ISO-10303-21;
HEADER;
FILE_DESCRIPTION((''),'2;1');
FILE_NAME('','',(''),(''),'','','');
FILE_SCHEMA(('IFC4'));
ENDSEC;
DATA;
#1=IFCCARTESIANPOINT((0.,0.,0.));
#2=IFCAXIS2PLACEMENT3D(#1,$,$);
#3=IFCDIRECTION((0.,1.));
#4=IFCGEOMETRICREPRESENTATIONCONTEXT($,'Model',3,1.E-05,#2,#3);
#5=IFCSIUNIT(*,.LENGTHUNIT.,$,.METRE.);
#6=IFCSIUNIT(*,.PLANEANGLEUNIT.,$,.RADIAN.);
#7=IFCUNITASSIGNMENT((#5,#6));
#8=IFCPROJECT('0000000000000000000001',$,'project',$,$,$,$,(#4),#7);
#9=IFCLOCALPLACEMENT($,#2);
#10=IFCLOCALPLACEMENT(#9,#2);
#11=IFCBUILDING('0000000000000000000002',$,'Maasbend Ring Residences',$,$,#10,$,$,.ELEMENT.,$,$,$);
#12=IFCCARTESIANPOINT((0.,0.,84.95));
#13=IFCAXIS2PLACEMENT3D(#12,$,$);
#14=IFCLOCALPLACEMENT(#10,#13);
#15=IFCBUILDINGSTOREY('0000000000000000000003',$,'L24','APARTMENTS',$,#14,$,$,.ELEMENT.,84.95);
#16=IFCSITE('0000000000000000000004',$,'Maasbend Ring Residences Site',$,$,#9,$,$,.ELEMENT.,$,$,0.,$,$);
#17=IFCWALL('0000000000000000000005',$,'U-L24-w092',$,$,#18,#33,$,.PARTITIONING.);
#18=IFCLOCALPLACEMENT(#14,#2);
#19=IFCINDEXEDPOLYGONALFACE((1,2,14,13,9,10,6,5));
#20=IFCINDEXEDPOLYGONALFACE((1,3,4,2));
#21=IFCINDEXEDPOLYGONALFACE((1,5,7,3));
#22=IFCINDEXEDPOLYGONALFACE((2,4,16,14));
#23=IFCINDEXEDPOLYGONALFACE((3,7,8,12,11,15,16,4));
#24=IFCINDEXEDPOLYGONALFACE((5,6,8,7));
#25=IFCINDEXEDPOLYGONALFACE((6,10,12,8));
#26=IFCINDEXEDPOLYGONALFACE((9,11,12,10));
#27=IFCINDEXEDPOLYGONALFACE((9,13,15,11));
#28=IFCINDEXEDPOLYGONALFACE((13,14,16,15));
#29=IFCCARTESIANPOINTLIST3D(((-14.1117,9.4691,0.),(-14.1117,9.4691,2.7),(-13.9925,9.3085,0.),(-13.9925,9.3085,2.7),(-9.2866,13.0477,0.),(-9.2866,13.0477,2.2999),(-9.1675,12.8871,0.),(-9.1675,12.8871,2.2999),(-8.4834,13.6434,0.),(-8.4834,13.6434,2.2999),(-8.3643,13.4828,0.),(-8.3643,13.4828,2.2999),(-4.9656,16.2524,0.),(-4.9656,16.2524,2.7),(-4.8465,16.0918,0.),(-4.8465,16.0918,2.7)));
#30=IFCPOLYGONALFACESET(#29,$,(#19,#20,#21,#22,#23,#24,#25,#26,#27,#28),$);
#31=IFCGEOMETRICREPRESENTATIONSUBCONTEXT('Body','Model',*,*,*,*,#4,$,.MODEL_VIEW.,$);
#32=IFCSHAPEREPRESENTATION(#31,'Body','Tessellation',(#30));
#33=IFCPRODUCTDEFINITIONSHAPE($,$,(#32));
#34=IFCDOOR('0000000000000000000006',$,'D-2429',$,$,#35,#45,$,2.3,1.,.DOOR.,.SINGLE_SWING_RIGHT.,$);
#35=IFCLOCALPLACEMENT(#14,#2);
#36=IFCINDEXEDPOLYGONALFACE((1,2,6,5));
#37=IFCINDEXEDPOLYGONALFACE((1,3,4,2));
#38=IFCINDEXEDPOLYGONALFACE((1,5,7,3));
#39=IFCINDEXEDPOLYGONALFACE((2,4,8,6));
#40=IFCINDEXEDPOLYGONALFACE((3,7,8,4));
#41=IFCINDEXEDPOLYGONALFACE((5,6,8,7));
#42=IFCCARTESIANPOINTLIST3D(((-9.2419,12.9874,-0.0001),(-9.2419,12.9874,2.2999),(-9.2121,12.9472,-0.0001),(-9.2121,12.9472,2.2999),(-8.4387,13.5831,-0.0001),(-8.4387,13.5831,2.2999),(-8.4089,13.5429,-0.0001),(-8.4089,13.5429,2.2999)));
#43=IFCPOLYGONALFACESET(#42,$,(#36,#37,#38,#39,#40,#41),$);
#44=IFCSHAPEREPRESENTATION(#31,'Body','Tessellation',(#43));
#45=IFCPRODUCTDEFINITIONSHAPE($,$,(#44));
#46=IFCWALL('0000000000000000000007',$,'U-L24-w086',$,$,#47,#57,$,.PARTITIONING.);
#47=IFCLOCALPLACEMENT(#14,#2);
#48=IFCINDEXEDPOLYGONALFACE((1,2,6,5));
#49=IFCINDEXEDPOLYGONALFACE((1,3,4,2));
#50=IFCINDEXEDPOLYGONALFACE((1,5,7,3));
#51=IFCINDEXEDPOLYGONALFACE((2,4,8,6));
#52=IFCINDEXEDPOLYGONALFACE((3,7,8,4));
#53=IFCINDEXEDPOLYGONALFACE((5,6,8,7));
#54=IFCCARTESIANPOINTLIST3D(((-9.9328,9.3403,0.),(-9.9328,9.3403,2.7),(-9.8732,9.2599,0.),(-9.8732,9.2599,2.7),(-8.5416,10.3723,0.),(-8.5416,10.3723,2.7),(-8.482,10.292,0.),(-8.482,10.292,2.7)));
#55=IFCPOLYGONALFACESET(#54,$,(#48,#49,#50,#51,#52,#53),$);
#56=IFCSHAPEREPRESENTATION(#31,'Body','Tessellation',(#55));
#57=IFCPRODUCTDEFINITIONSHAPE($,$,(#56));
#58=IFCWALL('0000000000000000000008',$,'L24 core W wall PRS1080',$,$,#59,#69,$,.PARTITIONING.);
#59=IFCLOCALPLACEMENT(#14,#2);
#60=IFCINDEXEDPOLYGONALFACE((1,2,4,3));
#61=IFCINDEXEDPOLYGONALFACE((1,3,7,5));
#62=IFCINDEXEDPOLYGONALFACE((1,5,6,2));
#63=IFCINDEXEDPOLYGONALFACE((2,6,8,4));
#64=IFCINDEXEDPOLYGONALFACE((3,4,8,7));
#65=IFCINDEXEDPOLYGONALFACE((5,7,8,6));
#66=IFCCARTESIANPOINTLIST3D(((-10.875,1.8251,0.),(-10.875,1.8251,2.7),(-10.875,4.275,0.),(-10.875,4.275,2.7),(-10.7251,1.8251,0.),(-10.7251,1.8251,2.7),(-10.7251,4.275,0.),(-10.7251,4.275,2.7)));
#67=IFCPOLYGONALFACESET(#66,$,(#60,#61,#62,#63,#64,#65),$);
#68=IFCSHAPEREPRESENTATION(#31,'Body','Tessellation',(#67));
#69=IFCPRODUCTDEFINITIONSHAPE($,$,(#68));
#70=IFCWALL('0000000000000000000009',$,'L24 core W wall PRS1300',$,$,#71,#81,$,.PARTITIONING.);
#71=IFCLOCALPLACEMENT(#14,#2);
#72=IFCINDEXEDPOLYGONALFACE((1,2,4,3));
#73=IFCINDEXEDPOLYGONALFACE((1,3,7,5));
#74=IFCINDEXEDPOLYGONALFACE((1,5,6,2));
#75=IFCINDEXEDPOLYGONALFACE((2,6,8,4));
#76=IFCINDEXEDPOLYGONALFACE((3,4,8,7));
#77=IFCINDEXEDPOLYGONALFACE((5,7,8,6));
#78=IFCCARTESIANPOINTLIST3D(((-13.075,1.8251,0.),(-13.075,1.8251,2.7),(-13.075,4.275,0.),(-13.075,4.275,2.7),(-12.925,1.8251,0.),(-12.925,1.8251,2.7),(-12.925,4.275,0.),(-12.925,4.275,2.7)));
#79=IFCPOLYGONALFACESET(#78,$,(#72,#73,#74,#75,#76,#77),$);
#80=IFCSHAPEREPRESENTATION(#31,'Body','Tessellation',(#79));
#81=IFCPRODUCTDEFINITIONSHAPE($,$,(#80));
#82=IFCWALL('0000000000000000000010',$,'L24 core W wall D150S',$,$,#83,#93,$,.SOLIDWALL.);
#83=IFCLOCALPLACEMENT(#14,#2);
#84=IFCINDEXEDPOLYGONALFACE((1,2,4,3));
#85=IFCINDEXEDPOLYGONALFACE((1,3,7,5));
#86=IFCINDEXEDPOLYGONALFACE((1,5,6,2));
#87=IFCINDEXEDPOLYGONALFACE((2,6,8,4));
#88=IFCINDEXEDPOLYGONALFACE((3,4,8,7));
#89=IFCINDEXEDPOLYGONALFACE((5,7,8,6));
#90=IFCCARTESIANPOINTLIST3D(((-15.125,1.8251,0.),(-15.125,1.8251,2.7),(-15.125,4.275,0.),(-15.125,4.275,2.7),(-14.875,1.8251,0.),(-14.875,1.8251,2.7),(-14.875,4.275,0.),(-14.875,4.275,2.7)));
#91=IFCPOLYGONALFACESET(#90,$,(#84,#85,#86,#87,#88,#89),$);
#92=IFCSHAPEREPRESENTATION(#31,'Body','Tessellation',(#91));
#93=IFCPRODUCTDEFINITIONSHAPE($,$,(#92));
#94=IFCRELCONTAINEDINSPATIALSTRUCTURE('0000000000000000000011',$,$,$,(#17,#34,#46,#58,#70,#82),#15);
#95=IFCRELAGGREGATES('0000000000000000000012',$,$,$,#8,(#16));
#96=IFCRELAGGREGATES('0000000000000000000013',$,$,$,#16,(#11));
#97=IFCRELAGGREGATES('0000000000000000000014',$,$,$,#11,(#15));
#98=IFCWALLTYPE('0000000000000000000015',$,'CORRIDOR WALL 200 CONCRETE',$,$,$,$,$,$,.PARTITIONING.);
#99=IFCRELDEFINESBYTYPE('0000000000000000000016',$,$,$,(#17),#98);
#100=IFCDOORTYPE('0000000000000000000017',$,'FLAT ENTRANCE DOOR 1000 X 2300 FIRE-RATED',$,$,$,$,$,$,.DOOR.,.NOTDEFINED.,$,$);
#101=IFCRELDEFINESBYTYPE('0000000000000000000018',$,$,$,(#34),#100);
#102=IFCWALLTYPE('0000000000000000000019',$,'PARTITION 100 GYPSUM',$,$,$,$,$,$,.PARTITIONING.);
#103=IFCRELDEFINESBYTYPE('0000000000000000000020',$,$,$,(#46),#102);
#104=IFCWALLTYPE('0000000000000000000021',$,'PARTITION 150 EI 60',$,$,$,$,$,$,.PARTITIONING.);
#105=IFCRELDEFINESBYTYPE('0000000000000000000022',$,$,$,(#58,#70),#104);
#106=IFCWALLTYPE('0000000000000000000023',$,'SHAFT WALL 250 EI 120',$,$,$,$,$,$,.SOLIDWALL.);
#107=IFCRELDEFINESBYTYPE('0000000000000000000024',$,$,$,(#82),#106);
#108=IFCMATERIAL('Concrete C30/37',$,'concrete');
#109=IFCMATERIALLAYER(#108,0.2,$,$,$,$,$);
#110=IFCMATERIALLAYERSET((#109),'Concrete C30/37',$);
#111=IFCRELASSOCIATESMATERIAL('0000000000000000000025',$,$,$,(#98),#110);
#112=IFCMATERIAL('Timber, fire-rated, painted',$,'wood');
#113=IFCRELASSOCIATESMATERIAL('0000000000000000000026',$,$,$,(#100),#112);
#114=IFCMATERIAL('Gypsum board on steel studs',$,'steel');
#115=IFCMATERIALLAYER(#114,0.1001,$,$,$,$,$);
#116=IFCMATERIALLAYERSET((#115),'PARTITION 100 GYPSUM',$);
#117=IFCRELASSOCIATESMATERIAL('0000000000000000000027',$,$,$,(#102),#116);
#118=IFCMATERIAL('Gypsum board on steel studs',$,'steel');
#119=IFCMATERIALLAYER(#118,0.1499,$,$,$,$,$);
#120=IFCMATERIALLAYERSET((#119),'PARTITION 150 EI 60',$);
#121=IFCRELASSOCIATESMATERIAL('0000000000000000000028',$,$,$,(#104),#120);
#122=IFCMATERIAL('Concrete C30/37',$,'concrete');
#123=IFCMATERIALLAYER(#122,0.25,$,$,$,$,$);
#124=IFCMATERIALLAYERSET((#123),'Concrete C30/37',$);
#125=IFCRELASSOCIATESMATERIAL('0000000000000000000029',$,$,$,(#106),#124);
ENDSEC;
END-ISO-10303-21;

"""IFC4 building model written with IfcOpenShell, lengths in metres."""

from ifc_helpers import new_model, si_unit, direction, frame, frame_2d, origin, place, context, subcontext, project, spatial, rectangle, extrude, material, layer, layer_set, type_object, element, fill, save


model = new_model("IFC4")

# Units and contexts
model_context = context("Model", 3, precision=1e-05, world=origin(), true_north=direction((0.0, 1.0)))
body_context = subcontext(model_context, "Body", "Model", "MODEL_VIEW")
ifc_project = project(units=[si_unit("LENGTHUNIT", "METRE"), si_unit("PLANEANGLEUNIT", "RADIAN")], contexts=[model_context])

# Site, building, storey
site_placement = place(None, origin())
site = spatial("IfcSite", under=ifc_project, at=site_placement, Name="Maasbend Ring Residences Site", CompositionType="ELEMENT", RefElevation=0.0)
building_placement = place(site_placement, origin())
building = spatial("IfcBuilding", under=site, at=building_placement, Name="Maasbend Ring Residences", CompositionType="ELEMENT")
storey_placement = place(building_placement, frame((0.0, 0.0, 84.95)))
storey = spatial("IfcBuildingStorey", under=building, at=storey_placement, Name="L24", Description="APARTMENTS", CompositionType="ELEMENT", Elevation=84.95)

# Wall, opening, door
ifc_material_1 = material(Name="Concrete C30/37", Category="concrete")
ifc_layer_1 = layer(ifc_material_1, 0.2)
ifc_layer_set_1 = layer_set([ifc_layer_1], Name="Concrete C30/37")
wall_type_1 = type_object("IfcWallType", Name="CORRIDOR WALL 200 CONCRETE", PredefinedType="PARTITIONING", material=ifc_layer_set_1)
wall_1_placement = place(storey_placement, frame((-14.052, 9.3889, 0.0), z_axis=(0.0, 0.0, 1.0), x_axis=(0.803205, 0.595703, 0.0)))
wall_1 = element("IfcWall", 1, at=wall_1_placement, inside=storey, type_object=wall_type_1, Name="U-L24-w092", PredefinedType="PARTITIONING", context=body_context, shape_type="SweptSolid", body=[
    extrude(rectangle(XDim=11.387, YDim=0.2, at=frame_2d((5.6934, 0.0))), origin(), (0.0, 0.0, 1.0), 2.7),
])
opening_1_placement = place(wall_1_placement, frame((6.0071, 0.0, 0.0)))
opening_1 = element("IfcOpeningElement", 2, at=opening_1_placement, cuts=wall_1, PredefinedType="OPENING", context=body_context, shape_type="SweptSolid", body=[
    extrude(rectangle(XDim=1.0, YDim=2.3, at=frame_2d((0.5, 1.1499))), frame((0.0, 0.1099, 0.0), z_axis=(0.0, -1.0, 0.0), x_axis=(1.0, 0.0, 0.0)), (0.0, 0.0, 1.0), 0.22),
])
ifc_material_2 = material(Name="Timber, fire-rated, painted", Category="wood")
door_type_1 = type_object("IfcDoorType", Name="FLAT ENTRANCE DOOR 1000 X 2300 FIRE-RATED", OperationType="NOTDEFINED", PredefinedType="DOOR", material=ifc_material_2)
door_1_placement = place(opening_1_placement, origin())
door_1 = element("IfcDoor", 3, at=door_1_placement, inside=storey, type_object=door_type_1, Name="D-2429", OperationType="SINGLE_SWING_RIGHT", OverallHeight=2.3, OverallWidth=1.0, PredefinedType="DOOR", context=body_context, shape_type="SweptSolid", body=[
    extrude(rectangle(XDim=1.0, YDim=2.3, at=frame_2d((0.5, 1.1499))), frame((0.0, 0.0249, 0.0), z_axis=(0.0, -1.0, 0.0), x_axis=(1.0, 0.0, 0.0)), (0.0, 0.0, 1.0), 0.05),
])
fill(opening_1, door_1)

# Walls
ifc_material_3 = material(Name="Gypsum board on steel studs", Category="steel")
ifc_layer_2 = layer(ifc_material_3, 0.1001)
ifc_layer_set_2 = layer_set([ifc_layer_2], Name="PARTITION 100 GYPSUM")
wall_type_2 = type_object("IfcWallType", Name="PARTITION 100 GYPSUM", PredefinedType="PARTITIONING", material=ifc_layer_set_2)
wall_2_placement = place(storey_placement, frame((-9.9031, 9.3, 0.0), z_axis=(0.0, 0.0, 1.0), x_axis=(0.803135, 0.595797, 0.0)))
element("IfcWall", 4, at=wall_2_placement, inside=storey, type_object=wall_type_2, Name="U-L24-w086", PredefinedType="PARTITIONING", context=body_context, shape_type="SweptSolid", body=[
    extrude(rectangle(XDim=1.7322, YDim=0.1001, at=frame_2d((0.8662, 0.0))), origin(), (0.0, 0.0, 1.0), 2.7),
])
ifc_material_4 = material(Name="Gypsum board on steel studs", Category="steel")
ifc_layer_3 = layer(ifc_material_4, 0.1499)
ifc_layer_set_3 = layer_set([ifc_layer_3], Name="PARTITION 150 EI 60")
wall_type_3 = type_object("IfcWallType", Name="PARTITION 150 EI 60", PredefinedType="PARTITIONING", material=ifc_layer_set_3)
for number, where, z_axis, x_axis, name in (
    (5, (-10.8, 1.825, 0.0), (0.0, 0.0, 1.0), (0.0, 1.0, 0.0), "L24 core W wall PRS1080"),
    (6, (-13.0, 1.825, 0.0), (0.0, 0.0, 1.0), (0.0, 1.0, 0.0), "L24 core W wall PRS1300"),
):
    element("IfcWall", number, at=place(storey_placement, frame(where, z_axis=z_axis, x_axis=x_axis)), inside=storey, type_object=wall_type_3, Name=name, PredefinedType="PARTITIONING", context=body_context, shape_type="SweptSolid", body=[
        extrude(rectangle(XDim=2.45, YDim=0.1499, at=frame_2d((1.2251, 0.0))), origin(), (0.0, 0.0, 1.0), 2.7),
    ])
ifc_material_5 = material(Name="Concrete C30/37", Category="concrete")
ifc_layer_4 = layer(ifc_material_5, 0.25)
ifc_layer_set_4 = layer_set([ifc_layer_4], Name="Concrete C30/37")
wall_type_4 = type_object("IfcWallType", Name="SHAFT WALL 250 EI 120", PredefinedType="SOLIDWALL", material=ifc_layer_set_4)
wall_3_placement = place(storey_placement, frame((-15.0, 1.825, 0.0), z_axis=(0.0, 0.0, 1.0), x_axis=(0.0, 1.0, 0.0)))
element("IfcWall", 7, at=wall_3_placement, inside=storey, type_object=wall_type_4, Name="L24 core W wall D150S", PredefinedType="SOLIDWALL", context=body_context, shape_type="SweptSolid", body=[
    extrude(rectangle(XDim=2.45, YDim=0.25, at=frame_2d((1.2251, 0.0))), origin(), (0.0, 0.0, 1.0), 2.7),
])

save(model, "model.ifc")
